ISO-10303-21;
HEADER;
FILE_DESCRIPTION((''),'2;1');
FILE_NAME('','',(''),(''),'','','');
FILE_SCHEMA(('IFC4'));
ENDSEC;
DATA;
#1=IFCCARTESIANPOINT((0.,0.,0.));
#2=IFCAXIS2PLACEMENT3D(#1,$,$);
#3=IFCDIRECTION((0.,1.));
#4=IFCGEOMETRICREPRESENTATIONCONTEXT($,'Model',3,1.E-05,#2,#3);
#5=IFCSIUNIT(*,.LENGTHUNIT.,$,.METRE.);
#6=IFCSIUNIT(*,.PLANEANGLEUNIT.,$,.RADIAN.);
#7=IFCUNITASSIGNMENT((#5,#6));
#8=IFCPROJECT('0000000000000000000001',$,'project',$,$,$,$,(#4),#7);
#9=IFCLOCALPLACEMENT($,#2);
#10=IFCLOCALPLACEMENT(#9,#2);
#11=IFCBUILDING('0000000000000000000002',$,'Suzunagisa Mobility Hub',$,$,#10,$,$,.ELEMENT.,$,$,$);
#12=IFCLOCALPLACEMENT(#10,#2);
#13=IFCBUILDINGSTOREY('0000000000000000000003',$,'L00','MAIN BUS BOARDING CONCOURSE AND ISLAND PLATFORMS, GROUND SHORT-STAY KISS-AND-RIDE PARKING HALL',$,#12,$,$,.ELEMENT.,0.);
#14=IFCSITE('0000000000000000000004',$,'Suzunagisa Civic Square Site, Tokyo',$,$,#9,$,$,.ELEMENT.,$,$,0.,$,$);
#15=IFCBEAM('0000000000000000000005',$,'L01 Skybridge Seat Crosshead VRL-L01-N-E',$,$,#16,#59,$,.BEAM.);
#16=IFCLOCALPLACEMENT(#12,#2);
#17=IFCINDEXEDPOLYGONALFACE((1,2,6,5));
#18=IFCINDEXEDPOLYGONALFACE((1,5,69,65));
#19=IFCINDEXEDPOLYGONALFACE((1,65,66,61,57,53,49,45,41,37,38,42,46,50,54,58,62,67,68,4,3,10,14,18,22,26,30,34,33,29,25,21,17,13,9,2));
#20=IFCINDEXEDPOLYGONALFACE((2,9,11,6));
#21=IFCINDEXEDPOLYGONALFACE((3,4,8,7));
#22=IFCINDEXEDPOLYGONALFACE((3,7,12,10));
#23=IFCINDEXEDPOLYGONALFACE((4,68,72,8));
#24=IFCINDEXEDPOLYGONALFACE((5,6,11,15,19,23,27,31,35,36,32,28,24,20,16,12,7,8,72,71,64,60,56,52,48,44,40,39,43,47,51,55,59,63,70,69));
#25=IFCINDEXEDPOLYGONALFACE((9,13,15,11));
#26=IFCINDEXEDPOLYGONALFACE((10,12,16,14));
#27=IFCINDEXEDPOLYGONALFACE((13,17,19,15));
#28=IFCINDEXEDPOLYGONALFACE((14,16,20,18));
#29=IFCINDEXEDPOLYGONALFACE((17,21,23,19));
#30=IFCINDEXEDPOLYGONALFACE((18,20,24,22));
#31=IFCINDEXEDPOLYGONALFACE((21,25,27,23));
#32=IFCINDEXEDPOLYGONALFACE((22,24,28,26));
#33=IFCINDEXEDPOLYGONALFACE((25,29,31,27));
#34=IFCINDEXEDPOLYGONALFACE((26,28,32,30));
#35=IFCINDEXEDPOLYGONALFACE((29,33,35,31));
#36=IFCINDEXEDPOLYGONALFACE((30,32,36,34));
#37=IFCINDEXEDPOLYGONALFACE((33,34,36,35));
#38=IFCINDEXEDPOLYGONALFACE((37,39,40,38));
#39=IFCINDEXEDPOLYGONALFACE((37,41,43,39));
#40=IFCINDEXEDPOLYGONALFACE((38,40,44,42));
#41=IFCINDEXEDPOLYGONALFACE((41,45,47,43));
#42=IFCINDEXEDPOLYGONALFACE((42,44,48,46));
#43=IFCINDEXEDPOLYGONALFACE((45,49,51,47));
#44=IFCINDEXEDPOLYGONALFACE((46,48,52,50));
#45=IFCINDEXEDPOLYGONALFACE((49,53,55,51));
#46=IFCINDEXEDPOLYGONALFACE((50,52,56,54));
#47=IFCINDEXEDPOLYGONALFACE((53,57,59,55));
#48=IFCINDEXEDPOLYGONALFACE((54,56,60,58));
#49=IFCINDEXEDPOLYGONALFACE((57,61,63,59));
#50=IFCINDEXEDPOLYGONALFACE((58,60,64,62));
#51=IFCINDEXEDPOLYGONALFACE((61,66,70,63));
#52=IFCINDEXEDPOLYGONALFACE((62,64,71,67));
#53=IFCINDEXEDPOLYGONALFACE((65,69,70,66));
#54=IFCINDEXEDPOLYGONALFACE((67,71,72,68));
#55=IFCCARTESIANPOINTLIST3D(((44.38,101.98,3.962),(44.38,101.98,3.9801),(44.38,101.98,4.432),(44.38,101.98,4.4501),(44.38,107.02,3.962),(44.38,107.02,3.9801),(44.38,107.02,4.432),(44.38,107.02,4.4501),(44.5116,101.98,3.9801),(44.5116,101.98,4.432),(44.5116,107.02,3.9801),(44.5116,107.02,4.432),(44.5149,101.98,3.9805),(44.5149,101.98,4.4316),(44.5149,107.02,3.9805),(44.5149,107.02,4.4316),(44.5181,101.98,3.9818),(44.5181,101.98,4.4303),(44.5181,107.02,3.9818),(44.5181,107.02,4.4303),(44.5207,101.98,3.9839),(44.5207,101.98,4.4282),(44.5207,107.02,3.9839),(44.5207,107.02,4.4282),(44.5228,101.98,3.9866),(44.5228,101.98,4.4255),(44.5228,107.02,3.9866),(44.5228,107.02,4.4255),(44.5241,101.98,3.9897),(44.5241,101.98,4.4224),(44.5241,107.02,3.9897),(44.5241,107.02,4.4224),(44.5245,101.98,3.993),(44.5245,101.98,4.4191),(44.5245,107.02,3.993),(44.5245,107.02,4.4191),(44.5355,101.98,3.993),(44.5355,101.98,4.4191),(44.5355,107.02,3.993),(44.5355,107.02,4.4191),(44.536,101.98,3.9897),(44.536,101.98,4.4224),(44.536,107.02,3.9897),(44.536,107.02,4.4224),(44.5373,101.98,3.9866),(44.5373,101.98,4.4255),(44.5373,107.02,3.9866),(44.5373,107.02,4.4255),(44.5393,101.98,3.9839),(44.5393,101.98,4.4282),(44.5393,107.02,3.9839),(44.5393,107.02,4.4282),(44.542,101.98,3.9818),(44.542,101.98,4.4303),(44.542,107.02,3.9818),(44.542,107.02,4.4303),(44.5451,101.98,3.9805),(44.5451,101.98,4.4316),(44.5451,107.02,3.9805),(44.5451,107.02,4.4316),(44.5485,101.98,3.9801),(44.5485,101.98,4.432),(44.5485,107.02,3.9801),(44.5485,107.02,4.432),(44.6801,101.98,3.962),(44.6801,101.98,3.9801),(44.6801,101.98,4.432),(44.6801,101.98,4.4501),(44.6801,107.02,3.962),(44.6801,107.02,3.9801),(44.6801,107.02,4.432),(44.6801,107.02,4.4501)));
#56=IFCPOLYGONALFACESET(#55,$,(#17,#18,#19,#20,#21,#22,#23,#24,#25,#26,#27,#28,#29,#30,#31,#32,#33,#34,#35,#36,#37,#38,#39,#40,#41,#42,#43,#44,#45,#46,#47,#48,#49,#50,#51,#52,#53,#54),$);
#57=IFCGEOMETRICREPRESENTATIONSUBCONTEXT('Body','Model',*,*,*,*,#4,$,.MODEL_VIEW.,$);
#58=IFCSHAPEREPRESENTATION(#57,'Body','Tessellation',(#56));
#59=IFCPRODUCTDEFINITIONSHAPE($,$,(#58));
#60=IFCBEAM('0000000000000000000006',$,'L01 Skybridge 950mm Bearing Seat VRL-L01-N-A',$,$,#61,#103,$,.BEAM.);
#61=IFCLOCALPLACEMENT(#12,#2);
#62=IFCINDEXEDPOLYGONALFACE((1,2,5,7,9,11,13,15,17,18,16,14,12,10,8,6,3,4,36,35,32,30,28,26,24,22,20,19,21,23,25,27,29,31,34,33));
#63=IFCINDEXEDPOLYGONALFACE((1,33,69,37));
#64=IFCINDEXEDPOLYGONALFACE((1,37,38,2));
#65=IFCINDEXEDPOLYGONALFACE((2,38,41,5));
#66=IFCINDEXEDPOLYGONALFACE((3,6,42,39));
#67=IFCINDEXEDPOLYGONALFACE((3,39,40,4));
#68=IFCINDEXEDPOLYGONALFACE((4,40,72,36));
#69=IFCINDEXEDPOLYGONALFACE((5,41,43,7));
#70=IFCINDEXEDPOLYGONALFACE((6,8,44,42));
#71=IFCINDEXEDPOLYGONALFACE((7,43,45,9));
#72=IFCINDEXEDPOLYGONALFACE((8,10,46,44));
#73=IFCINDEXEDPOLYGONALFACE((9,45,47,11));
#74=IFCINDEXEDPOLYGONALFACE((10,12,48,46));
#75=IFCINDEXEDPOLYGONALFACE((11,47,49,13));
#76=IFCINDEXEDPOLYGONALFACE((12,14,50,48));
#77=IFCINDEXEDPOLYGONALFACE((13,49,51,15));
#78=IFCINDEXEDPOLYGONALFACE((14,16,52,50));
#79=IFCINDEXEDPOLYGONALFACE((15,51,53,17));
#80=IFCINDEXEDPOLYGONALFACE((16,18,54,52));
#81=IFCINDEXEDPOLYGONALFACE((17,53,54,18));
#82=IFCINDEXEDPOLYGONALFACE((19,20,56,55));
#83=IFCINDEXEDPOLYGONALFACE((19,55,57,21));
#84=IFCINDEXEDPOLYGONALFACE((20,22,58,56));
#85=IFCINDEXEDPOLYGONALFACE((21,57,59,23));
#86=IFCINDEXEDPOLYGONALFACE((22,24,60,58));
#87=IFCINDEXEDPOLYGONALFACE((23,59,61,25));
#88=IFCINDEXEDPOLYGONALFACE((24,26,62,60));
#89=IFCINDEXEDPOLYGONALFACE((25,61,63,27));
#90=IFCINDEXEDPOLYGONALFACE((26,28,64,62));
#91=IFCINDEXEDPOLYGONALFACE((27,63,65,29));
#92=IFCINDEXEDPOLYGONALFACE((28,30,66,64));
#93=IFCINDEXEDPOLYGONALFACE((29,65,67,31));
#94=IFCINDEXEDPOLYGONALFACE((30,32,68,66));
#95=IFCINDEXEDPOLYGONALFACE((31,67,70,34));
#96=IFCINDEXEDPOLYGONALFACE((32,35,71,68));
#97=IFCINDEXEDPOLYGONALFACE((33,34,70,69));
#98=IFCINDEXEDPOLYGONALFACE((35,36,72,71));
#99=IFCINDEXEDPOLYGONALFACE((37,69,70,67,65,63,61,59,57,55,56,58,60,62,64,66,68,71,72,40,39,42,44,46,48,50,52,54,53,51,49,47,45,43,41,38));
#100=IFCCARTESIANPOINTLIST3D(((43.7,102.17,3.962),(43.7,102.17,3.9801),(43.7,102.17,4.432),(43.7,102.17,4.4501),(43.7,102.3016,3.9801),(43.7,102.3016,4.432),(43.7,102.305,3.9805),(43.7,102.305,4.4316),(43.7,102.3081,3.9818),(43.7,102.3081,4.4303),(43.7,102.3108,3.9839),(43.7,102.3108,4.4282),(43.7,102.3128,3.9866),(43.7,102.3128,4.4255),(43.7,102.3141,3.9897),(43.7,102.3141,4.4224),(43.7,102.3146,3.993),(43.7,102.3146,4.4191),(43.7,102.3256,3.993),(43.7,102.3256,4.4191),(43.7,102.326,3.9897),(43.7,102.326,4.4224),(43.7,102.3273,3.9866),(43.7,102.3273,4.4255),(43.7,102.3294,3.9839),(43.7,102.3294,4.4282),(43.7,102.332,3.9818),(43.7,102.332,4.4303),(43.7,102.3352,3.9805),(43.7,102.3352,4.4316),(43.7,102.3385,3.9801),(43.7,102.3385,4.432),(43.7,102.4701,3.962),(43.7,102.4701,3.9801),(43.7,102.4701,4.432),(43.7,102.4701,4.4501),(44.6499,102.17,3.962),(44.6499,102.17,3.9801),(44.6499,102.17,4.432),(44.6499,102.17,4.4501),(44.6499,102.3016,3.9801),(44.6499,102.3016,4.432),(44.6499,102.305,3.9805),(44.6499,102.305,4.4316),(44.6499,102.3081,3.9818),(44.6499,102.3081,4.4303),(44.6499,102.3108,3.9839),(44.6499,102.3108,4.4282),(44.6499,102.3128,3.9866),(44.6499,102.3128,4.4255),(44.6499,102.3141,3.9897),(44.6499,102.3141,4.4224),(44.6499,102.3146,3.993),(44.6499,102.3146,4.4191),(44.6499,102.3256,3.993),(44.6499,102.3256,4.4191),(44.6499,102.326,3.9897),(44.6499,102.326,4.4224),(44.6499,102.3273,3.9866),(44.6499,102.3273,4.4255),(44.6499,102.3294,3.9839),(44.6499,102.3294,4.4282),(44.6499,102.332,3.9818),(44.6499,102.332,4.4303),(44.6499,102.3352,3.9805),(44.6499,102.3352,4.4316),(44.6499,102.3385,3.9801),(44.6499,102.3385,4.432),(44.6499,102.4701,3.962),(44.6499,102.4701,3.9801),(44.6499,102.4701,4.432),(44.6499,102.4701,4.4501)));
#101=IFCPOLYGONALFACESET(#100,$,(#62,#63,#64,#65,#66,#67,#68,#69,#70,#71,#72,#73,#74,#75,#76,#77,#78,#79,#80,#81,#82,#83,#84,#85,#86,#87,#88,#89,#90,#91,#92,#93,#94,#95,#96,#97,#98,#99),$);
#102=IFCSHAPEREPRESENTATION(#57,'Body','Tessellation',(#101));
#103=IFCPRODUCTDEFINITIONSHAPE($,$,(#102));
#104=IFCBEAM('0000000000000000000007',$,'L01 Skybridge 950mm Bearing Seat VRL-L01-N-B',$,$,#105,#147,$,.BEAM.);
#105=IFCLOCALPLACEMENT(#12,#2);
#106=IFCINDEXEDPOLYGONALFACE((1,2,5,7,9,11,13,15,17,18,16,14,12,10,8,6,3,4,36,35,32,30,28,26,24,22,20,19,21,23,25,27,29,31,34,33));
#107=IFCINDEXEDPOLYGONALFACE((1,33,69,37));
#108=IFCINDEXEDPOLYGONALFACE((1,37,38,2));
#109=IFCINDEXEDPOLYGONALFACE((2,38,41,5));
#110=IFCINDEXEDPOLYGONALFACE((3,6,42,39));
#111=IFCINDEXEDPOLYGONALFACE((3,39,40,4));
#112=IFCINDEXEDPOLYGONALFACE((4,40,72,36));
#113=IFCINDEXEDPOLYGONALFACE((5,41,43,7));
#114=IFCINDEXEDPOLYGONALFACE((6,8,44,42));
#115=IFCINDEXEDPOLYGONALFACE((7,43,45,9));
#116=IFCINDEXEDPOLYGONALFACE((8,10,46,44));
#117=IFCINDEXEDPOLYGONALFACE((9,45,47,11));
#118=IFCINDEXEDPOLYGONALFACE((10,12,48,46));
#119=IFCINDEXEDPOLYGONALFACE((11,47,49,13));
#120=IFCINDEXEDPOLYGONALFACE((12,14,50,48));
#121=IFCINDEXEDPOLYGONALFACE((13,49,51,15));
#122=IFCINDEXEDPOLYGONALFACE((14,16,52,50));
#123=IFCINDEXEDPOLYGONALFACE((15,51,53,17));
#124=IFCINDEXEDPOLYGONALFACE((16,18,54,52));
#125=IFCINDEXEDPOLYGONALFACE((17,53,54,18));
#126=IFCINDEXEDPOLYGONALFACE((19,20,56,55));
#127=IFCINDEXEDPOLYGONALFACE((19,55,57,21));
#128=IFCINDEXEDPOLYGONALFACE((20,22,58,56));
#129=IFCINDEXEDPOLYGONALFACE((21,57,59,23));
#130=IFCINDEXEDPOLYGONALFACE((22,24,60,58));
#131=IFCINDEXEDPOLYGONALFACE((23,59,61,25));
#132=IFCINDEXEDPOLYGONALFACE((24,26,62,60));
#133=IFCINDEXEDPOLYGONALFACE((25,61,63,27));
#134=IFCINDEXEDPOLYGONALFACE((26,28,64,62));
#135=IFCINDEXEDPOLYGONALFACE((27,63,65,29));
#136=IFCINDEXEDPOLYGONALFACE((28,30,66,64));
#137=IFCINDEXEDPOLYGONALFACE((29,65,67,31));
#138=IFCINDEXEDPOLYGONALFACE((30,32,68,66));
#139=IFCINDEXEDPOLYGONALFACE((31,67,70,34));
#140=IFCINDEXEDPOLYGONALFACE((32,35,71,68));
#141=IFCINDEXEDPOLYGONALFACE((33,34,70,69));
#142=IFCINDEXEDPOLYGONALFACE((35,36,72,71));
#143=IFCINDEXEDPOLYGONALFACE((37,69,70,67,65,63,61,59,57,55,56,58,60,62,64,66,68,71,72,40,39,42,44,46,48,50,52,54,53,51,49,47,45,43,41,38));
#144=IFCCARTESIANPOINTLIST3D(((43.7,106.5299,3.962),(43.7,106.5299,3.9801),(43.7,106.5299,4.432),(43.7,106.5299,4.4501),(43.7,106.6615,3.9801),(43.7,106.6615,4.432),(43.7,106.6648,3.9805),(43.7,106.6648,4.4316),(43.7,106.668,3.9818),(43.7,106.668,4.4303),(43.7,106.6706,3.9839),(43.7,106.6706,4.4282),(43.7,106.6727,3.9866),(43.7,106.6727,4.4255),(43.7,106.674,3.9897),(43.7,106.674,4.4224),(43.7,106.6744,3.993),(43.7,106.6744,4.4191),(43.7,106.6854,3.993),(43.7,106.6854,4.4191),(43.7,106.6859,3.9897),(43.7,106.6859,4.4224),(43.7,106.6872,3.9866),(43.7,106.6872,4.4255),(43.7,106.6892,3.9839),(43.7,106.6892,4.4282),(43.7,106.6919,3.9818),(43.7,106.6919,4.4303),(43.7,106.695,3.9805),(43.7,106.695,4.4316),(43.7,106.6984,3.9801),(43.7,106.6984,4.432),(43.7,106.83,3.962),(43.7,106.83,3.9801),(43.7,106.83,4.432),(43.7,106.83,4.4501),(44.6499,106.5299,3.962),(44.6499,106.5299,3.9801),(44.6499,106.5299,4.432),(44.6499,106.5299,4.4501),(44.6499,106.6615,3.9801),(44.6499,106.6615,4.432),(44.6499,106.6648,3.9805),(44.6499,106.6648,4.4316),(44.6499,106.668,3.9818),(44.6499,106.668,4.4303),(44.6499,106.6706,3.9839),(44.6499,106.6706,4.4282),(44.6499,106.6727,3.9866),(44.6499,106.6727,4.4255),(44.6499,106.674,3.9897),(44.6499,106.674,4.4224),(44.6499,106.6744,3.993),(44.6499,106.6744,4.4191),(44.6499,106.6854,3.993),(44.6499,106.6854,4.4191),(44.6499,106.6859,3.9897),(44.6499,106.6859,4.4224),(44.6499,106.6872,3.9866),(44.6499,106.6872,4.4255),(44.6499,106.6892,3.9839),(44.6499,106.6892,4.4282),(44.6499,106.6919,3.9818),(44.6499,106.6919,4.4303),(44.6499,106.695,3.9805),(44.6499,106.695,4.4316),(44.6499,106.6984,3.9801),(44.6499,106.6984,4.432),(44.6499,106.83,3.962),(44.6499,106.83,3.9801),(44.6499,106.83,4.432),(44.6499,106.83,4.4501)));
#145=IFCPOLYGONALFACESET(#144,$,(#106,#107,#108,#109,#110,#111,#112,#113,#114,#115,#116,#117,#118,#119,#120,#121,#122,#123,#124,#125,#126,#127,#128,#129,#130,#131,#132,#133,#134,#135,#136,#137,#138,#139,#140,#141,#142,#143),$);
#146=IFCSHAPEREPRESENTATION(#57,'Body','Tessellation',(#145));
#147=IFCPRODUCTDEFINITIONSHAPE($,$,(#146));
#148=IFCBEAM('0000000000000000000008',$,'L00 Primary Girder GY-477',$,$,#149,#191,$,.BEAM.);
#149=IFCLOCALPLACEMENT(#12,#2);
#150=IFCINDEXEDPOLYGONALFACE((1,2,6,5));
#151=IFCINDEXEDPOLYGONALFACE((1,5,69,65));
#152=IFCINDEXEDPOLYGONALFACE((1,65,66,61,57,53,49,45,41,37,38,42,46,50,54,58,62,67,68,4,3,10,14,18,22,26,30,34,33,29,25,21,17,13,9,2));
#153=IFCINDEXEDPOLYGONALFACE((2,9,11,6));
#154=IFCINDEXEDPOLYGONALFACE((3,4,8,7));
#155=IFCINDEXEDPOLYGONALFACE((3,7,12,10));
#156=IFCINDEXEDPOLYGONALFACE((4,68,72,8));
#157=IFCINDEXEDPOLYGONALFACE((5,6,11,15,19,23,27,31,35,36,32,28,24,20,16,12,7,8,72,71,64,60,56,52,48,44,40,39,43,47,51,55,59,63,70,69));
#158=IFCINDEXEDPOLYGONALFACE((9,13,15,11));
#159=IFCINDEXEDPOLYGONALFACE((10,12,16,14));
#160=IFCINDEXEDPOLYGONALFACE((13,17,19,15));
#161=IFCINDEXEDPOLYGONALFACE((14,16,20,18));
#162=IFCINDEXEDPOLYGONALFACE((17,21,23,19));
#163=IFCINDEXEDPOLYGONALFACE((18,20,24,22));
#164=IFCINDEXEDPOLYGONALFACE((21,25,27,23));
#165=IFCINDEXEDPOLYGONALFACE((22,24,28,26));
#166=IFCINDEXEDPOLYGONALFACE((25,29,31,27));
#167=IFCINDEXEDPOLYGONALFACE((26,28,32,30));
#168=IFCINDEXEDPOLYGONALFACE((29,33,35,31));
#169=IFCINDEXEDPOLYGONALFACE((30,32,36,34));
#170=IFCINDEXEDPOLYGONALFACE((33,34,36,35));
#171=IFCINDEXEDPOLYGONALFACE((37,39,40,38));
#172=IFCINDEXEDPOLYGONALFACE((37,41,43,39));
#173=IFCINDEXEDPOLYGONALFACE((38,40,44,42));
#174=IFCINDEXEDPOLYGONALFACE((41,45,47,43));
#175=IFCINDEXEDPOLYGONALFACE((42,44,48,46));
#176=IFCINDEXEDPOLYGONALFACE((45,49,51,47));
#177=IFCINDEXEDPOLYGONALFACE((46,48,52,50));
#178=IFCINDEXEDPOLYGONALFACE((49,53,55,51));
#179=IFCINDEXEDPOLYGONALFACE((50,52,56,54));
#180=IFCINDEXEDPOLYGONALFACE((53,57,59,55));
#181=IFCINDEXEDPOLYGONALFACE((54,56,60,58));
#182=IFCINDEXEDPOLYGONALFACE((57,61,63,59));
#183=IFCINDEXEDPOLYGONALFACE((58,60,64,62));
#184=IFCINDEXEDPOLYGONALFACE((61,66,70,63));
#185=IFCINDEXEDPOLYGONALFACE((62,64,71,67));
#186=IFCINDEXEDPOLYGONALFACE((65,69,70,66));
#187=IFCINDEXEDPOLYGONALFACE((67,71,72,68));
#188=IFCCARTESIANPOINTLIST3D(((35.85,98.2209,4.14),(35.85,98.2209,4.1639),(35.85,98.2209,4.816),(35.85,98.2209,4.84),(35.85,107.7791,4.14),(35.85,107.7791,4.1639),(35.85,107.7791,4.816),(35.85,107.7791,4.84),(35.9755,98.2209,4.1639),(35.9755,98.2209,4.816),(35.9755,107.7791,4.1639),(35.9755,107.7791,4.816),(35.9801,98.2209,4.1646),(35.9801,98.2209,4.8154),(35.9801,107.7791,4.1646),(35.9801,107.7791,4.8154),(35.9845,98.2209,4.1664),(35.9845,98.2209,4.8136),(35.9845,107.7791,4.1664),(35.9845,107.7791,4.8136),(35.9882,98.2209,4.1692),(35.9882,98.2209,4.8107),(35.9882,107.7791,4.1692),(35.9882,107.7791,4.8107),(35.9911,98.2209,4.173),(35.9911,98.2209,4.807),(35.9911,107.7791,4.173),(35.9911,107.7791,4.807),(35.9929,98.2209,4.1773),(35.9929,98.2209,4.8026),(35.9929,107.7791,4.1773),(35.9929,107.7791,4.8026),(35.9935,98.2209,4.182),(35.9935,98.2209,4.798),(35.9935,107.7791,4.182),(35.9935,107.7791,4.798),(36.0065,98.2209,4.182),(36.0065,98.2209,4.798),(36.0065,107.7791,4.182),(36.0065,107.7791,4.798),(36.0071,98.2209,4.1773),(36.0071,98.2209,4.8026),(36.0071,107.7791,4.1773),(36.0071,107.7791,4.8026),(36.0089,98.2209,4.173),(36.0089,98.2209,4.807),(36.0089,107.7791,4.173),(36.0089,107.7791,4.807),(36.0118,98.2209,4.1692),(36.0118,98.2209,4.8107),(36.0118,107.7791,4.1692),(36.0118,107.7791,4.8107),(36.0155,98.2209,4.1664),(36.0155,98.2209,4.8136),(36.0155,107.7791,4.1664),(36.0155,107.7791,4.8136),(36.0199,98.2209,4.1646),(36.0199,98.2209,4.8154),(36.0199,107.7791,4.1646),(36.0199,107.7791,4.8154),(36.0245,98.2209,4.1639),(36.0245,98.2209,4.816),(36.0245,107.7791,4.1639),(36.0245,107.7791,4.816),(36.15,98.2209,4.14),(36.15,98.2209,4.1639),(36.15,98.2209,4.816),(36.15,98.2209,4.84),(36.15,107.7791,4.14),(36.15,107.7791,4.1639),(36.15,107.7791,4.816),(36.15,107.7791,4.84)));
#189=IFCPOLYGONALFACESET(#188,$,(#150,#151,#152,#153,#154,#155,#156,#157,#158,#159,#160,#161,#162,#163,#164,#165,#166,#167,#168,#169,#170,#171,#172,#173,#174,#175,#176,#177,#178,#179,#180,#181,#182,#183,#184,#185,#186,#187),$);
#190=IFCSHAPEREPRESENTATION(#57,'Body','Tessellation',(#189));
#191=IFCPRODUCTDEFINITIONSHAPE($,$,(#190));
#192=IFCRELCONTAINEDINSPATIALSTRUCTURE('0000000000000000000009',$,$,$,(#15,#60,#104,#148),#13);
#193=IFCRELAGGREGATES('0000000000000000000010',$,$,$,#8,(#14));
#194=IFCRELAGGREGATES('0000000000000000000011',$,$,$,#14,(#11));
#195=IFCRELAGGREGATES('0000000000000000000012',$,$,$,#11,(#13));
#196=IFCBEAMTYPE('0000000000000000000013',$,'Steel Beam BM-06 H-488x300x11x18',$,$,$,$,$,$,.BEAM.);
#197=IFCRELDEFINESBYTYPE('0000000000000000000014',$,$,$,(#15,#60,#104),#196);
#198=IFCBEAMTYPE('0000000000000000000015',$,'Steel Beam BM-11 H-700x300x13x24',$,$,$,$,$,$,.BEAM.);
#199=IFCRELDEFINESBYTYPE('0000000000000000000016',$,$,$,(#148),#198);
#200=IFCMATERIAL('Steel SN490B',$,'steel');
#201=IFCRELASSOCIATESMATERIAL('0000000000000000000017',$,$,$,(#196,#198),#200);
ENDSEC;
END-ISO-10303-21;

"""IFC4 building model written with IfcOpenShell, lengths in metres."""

from ifc_helpers import new_model, si_unit, direction, frame, origin, origin_2d, place, context, subcontext, project, spatial, i_section, extrude, material, material_profile, profile_set, type_object, element, save


model = new_model("IFC4")

# Units and contexts
model_context = context("Model", 3, precision=1e-05, world=origin(), true_north=direction((0.0, 1.0)))
body_context = subcontext(model_context, "Body", "Model", "MODEL_VIEW")
ifc_project = project(units=[si_unit("LENGTHUNIT", "METRE"), si_unit("PLANEANGLEUNIT", "RADIAN")], contexts=[model_context])

# Site, building, storey
site_placement = place(None, origin())
site = spatial("IfcSite", under=ifc_project, at=site_placement, Name="Suzunagisa Civic Square Site, Tokyo", CompositionType="ELEMENT", RefElevation=0.0)
building_placement = place(site_placement, origin())
building = spatial("IfcBuilding", under=site, at=building_placement, Name="Suzunagisa Mobility Hub", CompositionType="ELEMENT")
storey_placement = place(building_placement, origin())
storey = spatial("IfcBuildingStorey", under=building, at=storey_placement, Name="L00", Description="MAIN BUS BOARDING CONCOURSE AND ISLAND PLATFORMS, GROUND SHORT-STAY KISS-AND-RIDE PARKING HALL", CompositionType="ELEMENT", Elevation=0.0)

# Shared definitions
ifc_material_1 = material(Name="Steel SN490B", Category="steel")

# Beams
ifc_material_profile_1 = material_profile(ifc_material_1, i_section(OverallWidth=0.3, OverallDepth=0.488, WebThickness=0.011, FlangeThickness=0.0181, FilletRadius=0.0129, at=origin_2d()), Name="H-488x300x11x18")
ifc_profile_set_1 = profile_set([ifc_material_profile_1], Name="Steel SN490B")
beam_type_1 = type_object("IfcBeamType", Name="Steel Beam BM-06 H-488x300x11x18", PredefinedType="BEAM", material=ifc_profile_set_1)
for number, where, z_axis, x_axis, name in (
    (1, (44.53, 101.98, 4.2061), (0.0, 1.0, 0.0), (-1.0, 0.0, 0.0), "L01 Skybridge Seat Crosshead VRL-L01-N-E"),
):
    element("IfcBeam", number, at=place(storey_placement, frame(where, z_axis=z_axis, x_axis=x_axis)), inside=storey, type_object=beam_type_1, Name=name, PredefinedType="BEAM", context=body_context, shape_type="SweptSolid", body=[
        extrude(i_section(OverallWidth=0.3, OverallDepth=0.488, WebThickness=0.011, FlangeThickness=0.0181, FilletRadius=0.0129, at=origin_2d()), origin(), (0.0, 0.0, 1.0), 5.04),
    ])
for number, where, z_axis, x_axis, name in (
    (2, (43.7, 102.3201, 4.2061), (1.0, 0.0, 0.0), (0.0, 1.0, 0.0), "L01 Skybridge 950mm Bearing Seat VRL-L01-N-A"),
    (3, (43.7, 106.6799, 4.2061), (1.0, 0.0, 0.0), (0.0, 1.0, 0.0), "L01 Skybridge 950mm Bearing Seat VRL-L01-N-B"),
):
    element("IfcBeam", number, at=place(storey_placement, frame(where, z_axis=z_axis, x_axis=x_axis)), inside=storey, type_object=beam_type_1, Name=name, PredefinedType="BEAM", context=body_context, shape_type="SweptSolid", body=[
        extrude(i_section(OverallWidth=0.3, OverallDepth=0.488, WebThickness=0.011, FlangeThickness=0.0181, FilletRadius=0.0129, at=origin_2d()), origin(), (0.0, 0.0, 1.0), 0.95),
    ])
ifc_material_profile_2 = material_profile(ifc_material_1, i_section(OverallWidth=0.3, OverallDepth=0.7, WebThickness=0.0129, FlangeThickness=0.0239, FilletRadius=0.0181, at=origin_2d()), Name="H-700x300x13x24")
ifc_profile_set_2 = profile_set([ifc_material_profile_2], Name="Steel SN490B")
beam_type_2 = type_object("IfcBeamType", Name="Steel Beam BM-11 H-700x300x13x24", PredefinedType="BEAM", material=ifc_profile_set_2)
for number, where, z_axis, x_axis, name in (
    (4, (36.0, 98.2209, 4.49), (0.0, 1.0, 0.0), (-1.0, 0.0, 0.0), "L00 Primary Girder GY-477"),
):
    element("IfcBeam", number, at=place(storey_placement, frame(where, z_axis=z_axis, x_axis=x_axis)), inside=storey, type_object=beam_type_2, Name=name, PredefinedType="BEAM", context=body_context, shape_type="SweptSolid", body=[
        extrude(i_section(OverallWidth=0.3, OverallDepth=0.7, WebThickness=0.0129, FlangeThickness=0.0239, FilletRadius=0.0181, at=origin_2d()), origin(), (0.0, 0.0, 1.0), 9.5581),
    ])

save(model, "model.ifc")
